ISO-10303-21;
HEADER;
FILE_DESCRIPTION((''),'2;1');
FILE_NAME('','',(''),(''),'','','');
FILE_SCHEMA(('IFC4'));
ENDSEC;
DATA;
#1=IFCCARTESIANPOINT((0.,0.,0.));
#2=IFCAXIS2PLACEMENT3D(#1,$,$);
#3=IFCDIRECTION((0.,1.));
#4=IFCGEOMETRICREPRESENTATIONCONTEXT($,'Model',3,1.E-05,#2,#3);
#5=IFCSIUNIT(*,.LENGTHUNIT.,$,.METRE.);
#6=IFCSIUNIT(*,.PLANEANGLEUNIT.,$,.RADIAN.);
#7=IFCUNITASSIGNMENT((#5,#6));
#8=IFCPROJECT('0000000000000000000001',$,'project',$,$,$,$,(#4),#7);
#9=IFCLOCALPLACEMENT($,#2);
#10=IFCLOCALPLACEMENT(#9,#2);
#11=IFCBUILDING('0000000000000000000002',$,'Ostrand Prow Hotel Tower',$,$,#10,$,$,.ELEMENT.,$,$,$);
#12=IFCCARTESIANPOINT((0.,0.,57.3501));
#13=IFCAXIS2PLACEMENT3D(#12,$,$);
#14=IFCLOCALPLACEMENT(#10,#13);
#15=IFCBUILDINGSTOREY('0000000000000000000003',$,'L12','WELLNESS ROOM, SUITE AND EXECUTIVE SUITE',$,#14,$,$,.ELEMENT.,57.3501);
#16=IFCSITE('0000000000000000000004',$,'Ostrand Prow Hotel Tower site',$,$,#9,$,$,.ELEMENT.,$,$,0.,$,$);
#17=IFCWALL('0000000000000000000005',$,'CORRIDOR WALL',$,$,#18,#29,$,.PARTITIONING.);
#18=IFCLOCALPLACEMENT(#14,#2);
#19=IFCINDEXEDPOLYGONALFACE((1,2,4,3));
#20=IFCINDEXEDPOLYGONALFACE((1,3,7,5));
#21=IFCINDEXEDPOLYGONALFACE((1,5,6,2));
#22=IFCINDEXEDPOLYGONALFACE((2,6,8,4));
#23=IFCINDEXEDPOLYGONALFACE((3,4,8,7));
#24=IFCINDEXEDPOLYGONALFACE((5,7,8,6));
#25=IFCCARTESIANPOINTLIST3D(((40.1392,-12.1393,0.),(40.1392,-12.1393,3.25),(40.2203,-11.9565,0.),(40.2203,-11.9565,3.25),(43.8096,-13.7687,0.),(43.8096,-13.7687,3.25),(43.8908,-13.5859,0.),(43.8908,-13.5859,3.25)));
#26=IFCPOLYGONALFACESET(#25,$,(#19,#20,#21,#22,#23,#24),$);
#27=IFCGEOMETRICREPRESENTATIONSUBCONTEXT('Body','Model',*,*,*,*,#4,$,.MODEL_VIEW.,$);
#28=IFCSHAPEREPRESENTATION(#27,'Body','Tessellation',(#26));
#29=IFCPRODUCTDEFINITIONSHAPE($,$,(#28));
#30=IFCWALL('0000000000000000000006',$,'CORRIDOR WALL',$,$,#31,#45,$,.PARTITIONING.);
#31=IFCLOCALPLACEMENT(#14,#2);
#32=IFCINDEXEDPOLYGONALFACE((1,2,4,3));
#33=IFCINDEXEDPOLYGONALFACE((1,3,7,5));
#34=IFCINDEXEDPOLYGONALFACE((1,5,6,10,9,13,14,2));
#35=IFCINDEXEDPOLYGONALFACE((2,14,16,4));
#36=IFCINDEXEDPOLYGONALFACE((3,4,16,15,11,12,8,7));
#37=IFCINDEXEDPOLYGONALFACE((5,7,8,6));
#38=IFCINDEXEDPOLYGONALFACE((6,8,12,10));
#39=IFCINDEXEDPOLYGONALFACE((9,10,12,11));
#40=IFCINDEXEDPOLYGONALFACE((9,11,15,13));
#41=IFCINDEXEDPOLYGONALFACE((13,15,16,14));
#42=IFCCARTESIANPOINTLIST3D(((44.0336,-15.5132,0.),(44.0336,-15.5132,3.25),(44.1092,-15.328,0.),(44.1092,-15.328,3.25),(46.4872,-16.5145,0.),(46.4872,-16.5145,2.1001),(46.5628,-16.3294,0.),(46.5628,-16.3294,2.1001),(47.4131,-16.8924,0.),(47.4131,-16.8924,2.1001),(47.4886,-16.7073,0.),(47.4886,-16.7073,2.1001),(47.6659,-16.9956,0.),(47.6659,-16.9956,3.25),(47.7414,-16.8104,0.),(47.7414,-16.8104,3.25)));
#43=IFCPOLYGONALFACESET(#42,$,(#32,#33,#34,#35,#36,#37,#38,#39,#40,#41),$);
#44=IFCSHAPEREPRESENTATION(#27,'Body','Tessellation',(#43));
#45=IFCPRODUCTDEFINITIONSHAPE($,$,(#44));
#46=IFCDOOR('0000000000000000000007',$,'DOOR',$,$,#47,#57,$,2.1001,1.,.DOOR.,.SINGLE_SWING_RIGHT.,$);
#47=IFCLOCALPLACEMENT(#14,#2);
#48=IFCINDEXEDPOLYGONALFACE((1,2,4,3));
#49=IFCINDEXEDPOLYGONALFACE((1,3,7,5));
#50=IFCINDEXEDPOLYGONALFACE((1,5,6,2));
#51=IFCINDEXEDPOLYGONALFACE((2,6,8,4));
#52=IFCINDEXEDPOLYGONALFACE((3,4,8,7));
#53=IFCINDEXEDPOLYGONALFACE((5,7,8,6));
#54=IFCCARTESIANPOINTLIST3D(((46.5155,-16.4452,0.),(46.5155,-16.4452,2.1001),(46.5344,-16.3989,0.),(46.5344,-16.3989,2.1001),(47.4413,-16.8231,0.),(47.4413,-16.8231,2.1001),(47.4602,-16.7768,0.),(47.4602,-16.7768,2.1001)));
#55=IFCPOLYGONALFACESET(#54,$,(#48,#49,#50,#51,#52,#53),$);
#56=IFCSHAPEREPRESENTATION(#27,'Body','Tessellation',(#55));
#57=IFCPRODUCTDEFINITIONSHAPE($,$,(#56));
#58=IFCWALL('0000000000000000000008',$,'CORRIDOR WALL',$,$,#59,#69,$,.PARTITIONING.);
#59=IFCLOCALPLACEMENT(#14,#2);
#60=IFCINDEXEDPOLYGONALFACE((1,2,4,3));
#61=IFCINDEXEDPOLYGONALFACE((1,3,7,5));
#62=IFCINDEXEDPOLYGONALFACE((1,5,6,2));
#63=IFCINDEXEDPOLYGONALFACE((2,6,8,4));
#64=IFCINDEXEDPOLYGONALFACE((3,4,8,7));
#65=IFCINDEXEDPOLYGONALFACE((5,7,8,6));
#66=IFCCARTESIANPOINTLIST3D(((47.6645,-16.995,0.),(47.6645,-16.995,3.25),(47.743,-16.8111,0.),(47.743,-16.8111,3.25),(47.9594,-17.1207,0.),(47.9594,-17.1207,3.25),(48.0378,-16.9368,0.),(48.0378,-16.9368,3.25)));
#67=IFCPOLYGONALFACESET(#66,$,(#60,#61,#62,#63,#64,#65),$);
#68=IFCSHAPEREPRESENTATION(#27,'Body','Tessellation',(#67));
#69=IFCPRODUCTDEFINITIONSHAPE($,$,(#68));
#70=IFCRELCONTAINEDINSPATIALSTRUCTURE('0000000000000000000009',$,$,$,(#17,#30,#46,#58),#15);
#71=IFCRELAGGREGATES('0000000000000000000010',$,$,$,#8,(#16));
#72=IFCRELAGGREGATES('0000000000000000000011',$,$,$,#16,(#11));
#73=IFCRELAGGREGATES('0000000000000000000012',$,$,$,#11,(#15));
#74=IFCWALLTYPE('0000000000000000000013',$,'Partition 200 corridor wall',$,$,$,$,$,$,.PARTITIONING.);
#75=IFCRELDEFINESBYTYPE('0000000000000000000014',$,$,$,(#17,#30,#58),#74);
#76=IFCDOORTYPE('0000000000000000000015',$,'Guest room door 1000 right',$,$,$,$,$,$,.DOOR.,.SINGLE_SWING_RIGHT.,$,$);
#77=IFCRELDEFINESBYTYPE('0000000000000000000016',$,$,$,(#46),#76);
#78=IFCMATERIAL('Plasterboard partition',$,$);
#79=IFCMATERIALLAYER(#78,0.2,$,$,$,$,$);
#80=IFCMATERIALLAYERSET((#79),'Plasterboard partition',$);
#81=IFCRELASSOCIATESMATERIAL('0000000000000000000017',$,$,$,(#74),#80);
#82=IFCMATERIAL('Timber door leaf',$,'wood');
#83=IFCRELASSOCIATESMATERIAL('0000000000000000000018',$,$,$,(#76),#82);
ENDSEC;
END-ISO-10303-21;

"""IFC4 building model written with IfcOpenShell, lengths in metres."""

from ifc_helpers import new_model, si_unit, direction, frame, frame_2d, origin, place, context, subcontext, project, spatial, rectangle, extrude, material, layer, layer_set, type_object, element, fill, save


model = new_model("IFC4")

# Units and contexts
model_context = context("Model", 3, precision=1e-05, world=origin(), true_north=direction((0.0, 1.0)))
body_context = subcontext(model_context, "Body", "Model", "MODEL_VIEW")
ifc_project = project(units=[si_unit("LENGTHUNIT", "METRE"), si_unit("PLANEANGLEUNIT", "RADIAN")], contexts=[model_context])

# Site, building, storey
site_placement = place(None, origin())
site = spatial("IfcSite", under=ifc_project, at=site_placement, Name="Ostrand Prow Hotel Tower site", CompositionType="ELEMENT", RefElevation=0.0)
building_placement = place(site_placement, origin())
building = spatial("IfcBuilding", under=site, at=building_placement, Name="Ostrand Prow Hotel Tower", CompositionType="ELEMENT")
storey_placement = place(building_placement, frame((0.0, 0.0, 57.3501)))
storey = spatial("IfcBuildingStorey", under=building, at=storey_placement, Name="L12", Description="WELLNESS ROOM, SUITE AND EXECUTIVE SUITE", CompositionType="ELEMENT", Elevation=57.3501)

# Wall
ifc_material_1 = material(Name="Plasterboard partition")
ifc_layer_1 = layer(ifc_material_1, 0.2)
ifc_layer_set_1 = layer_set([ifc_layer_1], Name="Plasterboard partition")
wall_type_1 = type_object("IfcWallType", Name="Partition 200 corridor wall", PredefinedType="PARTITIONING", material=ifc_layer_set_1)
wall_1_placement = place(storey_placement, frame((43.8501, -13.6772, 0.0), z_axis=(0.0, 0.0, 1.0), x_axis=(-0.913987, 0.405744, 0.0)))
element("IfcWall", 1, at=wall_1_placement, inside=storey, type_object=wall_type_1, Name="CORRIDOR WALL", PredefinedType="PARTITIONING", context=body_context, shape_type="SweptSolid", body=[
    extrude(rectangle(XDim=4.0159, YDim=0.2, at=frame_2d((2.0078, 0.0))), origin(), (0.0, 0.0, 1.0), 3.25),
])

# Wall, opening, door
wall_2_placement = place(storey_placement, frame((44.0715, -15.4207, 0.0), z_axis=(0.0, 0.0, 1.0), x_axis=(0.925862, -0.377862, 0.0)))
wall_2 = element("IfcWall", 2, at=wall_2_placement, inside=storey, type_object=wall_type_1, Name="CORRIDOR WALL", PredefinedType="PARTITIONING", context=body_context, shape_type="SweptSolid", body=[
    extrude(rectangle(XDim=3.9231, YDim=0.2, at=frame_2d((1.9614, 0.0))), origin(), (0.0, 0.0, 1.0), 3.25),
])
opening_1_placement = place(wall_2_placement, frame((2.6499, 0.0, 0.0)))
opening_1 = element("IfcOpeningElement", 3, at=opening_1_placement, cuts=wall_2, PredefinedType="OPENING", context=body_context, shape_type="SweptSolid", body=[
    extrude(rectangle(XDim=1.0, YDim=2.1001, at=frame_2d((0.5, 1.05))), frame((0.0, 0.1099, 0.0), z_axis=(0.0, -1.0, 0.0), x_axis=(1.0, 0.0, 0.0)), (0.0, 0.0, 1.0), 0.22),
])
ifc_material_2 = material(Name="Timber door leaf", Category="wood")
door_type_1 = type_object("IfcDoorType", Name="Guest room door 1000 right", OperationType="SINGLE_SWING_RIGHT", PredefinedType="DOOR", material=ifc_material_2)
door_1_placement = place(opening_1_placement, origin())
door_1 = element("IfcDoor", 4, at=door_1_placement, inside=storey, type_object=door_type_1, Name="DOOR", OperationType="SINGLE_SWING_RIGHT", OverallHeight=2.1001, OverallWidth=1.0, PredefinedType="DOOR", context=body_context, shape_type="SweptSolid", body=[
    extrude(rectangle(XDim=1.0, YDim=2.1001, at=frame_2d((0.5, 1.05))), frame((0.0, 0.0249, 0.0), z_axis=(0.0, -1.0, 0.0), x_axis=(1.0, 0.0, 0.0)), (0.0, 0.0, 1.0), 0.05),
])
fill(opening_1, door_1)

# Wall
wall_3_placement = place(storey_placement, frame((47.7039, -16.9031, 0.0), z_axis=(0.0, 0.0, 1.0), x_axis=(0.919892, -0.392172, 0.0)))
element("IfcWall", 5, at=wall_3_placement, inside=storey, type_object=wall_type_1, Name="CORRIDOR WALL", PredefinedType="PARTITIONING", context=body_context, shape_type="SweptSolid", body=[
    extrude(rectangle(XDim=0.3206, YDim=0.2, at=frame_2d((0.1602, 0.0))), origin(), (0.0, 0.0, 1.0), 3.25),
])

save(model, "model.ifc")
